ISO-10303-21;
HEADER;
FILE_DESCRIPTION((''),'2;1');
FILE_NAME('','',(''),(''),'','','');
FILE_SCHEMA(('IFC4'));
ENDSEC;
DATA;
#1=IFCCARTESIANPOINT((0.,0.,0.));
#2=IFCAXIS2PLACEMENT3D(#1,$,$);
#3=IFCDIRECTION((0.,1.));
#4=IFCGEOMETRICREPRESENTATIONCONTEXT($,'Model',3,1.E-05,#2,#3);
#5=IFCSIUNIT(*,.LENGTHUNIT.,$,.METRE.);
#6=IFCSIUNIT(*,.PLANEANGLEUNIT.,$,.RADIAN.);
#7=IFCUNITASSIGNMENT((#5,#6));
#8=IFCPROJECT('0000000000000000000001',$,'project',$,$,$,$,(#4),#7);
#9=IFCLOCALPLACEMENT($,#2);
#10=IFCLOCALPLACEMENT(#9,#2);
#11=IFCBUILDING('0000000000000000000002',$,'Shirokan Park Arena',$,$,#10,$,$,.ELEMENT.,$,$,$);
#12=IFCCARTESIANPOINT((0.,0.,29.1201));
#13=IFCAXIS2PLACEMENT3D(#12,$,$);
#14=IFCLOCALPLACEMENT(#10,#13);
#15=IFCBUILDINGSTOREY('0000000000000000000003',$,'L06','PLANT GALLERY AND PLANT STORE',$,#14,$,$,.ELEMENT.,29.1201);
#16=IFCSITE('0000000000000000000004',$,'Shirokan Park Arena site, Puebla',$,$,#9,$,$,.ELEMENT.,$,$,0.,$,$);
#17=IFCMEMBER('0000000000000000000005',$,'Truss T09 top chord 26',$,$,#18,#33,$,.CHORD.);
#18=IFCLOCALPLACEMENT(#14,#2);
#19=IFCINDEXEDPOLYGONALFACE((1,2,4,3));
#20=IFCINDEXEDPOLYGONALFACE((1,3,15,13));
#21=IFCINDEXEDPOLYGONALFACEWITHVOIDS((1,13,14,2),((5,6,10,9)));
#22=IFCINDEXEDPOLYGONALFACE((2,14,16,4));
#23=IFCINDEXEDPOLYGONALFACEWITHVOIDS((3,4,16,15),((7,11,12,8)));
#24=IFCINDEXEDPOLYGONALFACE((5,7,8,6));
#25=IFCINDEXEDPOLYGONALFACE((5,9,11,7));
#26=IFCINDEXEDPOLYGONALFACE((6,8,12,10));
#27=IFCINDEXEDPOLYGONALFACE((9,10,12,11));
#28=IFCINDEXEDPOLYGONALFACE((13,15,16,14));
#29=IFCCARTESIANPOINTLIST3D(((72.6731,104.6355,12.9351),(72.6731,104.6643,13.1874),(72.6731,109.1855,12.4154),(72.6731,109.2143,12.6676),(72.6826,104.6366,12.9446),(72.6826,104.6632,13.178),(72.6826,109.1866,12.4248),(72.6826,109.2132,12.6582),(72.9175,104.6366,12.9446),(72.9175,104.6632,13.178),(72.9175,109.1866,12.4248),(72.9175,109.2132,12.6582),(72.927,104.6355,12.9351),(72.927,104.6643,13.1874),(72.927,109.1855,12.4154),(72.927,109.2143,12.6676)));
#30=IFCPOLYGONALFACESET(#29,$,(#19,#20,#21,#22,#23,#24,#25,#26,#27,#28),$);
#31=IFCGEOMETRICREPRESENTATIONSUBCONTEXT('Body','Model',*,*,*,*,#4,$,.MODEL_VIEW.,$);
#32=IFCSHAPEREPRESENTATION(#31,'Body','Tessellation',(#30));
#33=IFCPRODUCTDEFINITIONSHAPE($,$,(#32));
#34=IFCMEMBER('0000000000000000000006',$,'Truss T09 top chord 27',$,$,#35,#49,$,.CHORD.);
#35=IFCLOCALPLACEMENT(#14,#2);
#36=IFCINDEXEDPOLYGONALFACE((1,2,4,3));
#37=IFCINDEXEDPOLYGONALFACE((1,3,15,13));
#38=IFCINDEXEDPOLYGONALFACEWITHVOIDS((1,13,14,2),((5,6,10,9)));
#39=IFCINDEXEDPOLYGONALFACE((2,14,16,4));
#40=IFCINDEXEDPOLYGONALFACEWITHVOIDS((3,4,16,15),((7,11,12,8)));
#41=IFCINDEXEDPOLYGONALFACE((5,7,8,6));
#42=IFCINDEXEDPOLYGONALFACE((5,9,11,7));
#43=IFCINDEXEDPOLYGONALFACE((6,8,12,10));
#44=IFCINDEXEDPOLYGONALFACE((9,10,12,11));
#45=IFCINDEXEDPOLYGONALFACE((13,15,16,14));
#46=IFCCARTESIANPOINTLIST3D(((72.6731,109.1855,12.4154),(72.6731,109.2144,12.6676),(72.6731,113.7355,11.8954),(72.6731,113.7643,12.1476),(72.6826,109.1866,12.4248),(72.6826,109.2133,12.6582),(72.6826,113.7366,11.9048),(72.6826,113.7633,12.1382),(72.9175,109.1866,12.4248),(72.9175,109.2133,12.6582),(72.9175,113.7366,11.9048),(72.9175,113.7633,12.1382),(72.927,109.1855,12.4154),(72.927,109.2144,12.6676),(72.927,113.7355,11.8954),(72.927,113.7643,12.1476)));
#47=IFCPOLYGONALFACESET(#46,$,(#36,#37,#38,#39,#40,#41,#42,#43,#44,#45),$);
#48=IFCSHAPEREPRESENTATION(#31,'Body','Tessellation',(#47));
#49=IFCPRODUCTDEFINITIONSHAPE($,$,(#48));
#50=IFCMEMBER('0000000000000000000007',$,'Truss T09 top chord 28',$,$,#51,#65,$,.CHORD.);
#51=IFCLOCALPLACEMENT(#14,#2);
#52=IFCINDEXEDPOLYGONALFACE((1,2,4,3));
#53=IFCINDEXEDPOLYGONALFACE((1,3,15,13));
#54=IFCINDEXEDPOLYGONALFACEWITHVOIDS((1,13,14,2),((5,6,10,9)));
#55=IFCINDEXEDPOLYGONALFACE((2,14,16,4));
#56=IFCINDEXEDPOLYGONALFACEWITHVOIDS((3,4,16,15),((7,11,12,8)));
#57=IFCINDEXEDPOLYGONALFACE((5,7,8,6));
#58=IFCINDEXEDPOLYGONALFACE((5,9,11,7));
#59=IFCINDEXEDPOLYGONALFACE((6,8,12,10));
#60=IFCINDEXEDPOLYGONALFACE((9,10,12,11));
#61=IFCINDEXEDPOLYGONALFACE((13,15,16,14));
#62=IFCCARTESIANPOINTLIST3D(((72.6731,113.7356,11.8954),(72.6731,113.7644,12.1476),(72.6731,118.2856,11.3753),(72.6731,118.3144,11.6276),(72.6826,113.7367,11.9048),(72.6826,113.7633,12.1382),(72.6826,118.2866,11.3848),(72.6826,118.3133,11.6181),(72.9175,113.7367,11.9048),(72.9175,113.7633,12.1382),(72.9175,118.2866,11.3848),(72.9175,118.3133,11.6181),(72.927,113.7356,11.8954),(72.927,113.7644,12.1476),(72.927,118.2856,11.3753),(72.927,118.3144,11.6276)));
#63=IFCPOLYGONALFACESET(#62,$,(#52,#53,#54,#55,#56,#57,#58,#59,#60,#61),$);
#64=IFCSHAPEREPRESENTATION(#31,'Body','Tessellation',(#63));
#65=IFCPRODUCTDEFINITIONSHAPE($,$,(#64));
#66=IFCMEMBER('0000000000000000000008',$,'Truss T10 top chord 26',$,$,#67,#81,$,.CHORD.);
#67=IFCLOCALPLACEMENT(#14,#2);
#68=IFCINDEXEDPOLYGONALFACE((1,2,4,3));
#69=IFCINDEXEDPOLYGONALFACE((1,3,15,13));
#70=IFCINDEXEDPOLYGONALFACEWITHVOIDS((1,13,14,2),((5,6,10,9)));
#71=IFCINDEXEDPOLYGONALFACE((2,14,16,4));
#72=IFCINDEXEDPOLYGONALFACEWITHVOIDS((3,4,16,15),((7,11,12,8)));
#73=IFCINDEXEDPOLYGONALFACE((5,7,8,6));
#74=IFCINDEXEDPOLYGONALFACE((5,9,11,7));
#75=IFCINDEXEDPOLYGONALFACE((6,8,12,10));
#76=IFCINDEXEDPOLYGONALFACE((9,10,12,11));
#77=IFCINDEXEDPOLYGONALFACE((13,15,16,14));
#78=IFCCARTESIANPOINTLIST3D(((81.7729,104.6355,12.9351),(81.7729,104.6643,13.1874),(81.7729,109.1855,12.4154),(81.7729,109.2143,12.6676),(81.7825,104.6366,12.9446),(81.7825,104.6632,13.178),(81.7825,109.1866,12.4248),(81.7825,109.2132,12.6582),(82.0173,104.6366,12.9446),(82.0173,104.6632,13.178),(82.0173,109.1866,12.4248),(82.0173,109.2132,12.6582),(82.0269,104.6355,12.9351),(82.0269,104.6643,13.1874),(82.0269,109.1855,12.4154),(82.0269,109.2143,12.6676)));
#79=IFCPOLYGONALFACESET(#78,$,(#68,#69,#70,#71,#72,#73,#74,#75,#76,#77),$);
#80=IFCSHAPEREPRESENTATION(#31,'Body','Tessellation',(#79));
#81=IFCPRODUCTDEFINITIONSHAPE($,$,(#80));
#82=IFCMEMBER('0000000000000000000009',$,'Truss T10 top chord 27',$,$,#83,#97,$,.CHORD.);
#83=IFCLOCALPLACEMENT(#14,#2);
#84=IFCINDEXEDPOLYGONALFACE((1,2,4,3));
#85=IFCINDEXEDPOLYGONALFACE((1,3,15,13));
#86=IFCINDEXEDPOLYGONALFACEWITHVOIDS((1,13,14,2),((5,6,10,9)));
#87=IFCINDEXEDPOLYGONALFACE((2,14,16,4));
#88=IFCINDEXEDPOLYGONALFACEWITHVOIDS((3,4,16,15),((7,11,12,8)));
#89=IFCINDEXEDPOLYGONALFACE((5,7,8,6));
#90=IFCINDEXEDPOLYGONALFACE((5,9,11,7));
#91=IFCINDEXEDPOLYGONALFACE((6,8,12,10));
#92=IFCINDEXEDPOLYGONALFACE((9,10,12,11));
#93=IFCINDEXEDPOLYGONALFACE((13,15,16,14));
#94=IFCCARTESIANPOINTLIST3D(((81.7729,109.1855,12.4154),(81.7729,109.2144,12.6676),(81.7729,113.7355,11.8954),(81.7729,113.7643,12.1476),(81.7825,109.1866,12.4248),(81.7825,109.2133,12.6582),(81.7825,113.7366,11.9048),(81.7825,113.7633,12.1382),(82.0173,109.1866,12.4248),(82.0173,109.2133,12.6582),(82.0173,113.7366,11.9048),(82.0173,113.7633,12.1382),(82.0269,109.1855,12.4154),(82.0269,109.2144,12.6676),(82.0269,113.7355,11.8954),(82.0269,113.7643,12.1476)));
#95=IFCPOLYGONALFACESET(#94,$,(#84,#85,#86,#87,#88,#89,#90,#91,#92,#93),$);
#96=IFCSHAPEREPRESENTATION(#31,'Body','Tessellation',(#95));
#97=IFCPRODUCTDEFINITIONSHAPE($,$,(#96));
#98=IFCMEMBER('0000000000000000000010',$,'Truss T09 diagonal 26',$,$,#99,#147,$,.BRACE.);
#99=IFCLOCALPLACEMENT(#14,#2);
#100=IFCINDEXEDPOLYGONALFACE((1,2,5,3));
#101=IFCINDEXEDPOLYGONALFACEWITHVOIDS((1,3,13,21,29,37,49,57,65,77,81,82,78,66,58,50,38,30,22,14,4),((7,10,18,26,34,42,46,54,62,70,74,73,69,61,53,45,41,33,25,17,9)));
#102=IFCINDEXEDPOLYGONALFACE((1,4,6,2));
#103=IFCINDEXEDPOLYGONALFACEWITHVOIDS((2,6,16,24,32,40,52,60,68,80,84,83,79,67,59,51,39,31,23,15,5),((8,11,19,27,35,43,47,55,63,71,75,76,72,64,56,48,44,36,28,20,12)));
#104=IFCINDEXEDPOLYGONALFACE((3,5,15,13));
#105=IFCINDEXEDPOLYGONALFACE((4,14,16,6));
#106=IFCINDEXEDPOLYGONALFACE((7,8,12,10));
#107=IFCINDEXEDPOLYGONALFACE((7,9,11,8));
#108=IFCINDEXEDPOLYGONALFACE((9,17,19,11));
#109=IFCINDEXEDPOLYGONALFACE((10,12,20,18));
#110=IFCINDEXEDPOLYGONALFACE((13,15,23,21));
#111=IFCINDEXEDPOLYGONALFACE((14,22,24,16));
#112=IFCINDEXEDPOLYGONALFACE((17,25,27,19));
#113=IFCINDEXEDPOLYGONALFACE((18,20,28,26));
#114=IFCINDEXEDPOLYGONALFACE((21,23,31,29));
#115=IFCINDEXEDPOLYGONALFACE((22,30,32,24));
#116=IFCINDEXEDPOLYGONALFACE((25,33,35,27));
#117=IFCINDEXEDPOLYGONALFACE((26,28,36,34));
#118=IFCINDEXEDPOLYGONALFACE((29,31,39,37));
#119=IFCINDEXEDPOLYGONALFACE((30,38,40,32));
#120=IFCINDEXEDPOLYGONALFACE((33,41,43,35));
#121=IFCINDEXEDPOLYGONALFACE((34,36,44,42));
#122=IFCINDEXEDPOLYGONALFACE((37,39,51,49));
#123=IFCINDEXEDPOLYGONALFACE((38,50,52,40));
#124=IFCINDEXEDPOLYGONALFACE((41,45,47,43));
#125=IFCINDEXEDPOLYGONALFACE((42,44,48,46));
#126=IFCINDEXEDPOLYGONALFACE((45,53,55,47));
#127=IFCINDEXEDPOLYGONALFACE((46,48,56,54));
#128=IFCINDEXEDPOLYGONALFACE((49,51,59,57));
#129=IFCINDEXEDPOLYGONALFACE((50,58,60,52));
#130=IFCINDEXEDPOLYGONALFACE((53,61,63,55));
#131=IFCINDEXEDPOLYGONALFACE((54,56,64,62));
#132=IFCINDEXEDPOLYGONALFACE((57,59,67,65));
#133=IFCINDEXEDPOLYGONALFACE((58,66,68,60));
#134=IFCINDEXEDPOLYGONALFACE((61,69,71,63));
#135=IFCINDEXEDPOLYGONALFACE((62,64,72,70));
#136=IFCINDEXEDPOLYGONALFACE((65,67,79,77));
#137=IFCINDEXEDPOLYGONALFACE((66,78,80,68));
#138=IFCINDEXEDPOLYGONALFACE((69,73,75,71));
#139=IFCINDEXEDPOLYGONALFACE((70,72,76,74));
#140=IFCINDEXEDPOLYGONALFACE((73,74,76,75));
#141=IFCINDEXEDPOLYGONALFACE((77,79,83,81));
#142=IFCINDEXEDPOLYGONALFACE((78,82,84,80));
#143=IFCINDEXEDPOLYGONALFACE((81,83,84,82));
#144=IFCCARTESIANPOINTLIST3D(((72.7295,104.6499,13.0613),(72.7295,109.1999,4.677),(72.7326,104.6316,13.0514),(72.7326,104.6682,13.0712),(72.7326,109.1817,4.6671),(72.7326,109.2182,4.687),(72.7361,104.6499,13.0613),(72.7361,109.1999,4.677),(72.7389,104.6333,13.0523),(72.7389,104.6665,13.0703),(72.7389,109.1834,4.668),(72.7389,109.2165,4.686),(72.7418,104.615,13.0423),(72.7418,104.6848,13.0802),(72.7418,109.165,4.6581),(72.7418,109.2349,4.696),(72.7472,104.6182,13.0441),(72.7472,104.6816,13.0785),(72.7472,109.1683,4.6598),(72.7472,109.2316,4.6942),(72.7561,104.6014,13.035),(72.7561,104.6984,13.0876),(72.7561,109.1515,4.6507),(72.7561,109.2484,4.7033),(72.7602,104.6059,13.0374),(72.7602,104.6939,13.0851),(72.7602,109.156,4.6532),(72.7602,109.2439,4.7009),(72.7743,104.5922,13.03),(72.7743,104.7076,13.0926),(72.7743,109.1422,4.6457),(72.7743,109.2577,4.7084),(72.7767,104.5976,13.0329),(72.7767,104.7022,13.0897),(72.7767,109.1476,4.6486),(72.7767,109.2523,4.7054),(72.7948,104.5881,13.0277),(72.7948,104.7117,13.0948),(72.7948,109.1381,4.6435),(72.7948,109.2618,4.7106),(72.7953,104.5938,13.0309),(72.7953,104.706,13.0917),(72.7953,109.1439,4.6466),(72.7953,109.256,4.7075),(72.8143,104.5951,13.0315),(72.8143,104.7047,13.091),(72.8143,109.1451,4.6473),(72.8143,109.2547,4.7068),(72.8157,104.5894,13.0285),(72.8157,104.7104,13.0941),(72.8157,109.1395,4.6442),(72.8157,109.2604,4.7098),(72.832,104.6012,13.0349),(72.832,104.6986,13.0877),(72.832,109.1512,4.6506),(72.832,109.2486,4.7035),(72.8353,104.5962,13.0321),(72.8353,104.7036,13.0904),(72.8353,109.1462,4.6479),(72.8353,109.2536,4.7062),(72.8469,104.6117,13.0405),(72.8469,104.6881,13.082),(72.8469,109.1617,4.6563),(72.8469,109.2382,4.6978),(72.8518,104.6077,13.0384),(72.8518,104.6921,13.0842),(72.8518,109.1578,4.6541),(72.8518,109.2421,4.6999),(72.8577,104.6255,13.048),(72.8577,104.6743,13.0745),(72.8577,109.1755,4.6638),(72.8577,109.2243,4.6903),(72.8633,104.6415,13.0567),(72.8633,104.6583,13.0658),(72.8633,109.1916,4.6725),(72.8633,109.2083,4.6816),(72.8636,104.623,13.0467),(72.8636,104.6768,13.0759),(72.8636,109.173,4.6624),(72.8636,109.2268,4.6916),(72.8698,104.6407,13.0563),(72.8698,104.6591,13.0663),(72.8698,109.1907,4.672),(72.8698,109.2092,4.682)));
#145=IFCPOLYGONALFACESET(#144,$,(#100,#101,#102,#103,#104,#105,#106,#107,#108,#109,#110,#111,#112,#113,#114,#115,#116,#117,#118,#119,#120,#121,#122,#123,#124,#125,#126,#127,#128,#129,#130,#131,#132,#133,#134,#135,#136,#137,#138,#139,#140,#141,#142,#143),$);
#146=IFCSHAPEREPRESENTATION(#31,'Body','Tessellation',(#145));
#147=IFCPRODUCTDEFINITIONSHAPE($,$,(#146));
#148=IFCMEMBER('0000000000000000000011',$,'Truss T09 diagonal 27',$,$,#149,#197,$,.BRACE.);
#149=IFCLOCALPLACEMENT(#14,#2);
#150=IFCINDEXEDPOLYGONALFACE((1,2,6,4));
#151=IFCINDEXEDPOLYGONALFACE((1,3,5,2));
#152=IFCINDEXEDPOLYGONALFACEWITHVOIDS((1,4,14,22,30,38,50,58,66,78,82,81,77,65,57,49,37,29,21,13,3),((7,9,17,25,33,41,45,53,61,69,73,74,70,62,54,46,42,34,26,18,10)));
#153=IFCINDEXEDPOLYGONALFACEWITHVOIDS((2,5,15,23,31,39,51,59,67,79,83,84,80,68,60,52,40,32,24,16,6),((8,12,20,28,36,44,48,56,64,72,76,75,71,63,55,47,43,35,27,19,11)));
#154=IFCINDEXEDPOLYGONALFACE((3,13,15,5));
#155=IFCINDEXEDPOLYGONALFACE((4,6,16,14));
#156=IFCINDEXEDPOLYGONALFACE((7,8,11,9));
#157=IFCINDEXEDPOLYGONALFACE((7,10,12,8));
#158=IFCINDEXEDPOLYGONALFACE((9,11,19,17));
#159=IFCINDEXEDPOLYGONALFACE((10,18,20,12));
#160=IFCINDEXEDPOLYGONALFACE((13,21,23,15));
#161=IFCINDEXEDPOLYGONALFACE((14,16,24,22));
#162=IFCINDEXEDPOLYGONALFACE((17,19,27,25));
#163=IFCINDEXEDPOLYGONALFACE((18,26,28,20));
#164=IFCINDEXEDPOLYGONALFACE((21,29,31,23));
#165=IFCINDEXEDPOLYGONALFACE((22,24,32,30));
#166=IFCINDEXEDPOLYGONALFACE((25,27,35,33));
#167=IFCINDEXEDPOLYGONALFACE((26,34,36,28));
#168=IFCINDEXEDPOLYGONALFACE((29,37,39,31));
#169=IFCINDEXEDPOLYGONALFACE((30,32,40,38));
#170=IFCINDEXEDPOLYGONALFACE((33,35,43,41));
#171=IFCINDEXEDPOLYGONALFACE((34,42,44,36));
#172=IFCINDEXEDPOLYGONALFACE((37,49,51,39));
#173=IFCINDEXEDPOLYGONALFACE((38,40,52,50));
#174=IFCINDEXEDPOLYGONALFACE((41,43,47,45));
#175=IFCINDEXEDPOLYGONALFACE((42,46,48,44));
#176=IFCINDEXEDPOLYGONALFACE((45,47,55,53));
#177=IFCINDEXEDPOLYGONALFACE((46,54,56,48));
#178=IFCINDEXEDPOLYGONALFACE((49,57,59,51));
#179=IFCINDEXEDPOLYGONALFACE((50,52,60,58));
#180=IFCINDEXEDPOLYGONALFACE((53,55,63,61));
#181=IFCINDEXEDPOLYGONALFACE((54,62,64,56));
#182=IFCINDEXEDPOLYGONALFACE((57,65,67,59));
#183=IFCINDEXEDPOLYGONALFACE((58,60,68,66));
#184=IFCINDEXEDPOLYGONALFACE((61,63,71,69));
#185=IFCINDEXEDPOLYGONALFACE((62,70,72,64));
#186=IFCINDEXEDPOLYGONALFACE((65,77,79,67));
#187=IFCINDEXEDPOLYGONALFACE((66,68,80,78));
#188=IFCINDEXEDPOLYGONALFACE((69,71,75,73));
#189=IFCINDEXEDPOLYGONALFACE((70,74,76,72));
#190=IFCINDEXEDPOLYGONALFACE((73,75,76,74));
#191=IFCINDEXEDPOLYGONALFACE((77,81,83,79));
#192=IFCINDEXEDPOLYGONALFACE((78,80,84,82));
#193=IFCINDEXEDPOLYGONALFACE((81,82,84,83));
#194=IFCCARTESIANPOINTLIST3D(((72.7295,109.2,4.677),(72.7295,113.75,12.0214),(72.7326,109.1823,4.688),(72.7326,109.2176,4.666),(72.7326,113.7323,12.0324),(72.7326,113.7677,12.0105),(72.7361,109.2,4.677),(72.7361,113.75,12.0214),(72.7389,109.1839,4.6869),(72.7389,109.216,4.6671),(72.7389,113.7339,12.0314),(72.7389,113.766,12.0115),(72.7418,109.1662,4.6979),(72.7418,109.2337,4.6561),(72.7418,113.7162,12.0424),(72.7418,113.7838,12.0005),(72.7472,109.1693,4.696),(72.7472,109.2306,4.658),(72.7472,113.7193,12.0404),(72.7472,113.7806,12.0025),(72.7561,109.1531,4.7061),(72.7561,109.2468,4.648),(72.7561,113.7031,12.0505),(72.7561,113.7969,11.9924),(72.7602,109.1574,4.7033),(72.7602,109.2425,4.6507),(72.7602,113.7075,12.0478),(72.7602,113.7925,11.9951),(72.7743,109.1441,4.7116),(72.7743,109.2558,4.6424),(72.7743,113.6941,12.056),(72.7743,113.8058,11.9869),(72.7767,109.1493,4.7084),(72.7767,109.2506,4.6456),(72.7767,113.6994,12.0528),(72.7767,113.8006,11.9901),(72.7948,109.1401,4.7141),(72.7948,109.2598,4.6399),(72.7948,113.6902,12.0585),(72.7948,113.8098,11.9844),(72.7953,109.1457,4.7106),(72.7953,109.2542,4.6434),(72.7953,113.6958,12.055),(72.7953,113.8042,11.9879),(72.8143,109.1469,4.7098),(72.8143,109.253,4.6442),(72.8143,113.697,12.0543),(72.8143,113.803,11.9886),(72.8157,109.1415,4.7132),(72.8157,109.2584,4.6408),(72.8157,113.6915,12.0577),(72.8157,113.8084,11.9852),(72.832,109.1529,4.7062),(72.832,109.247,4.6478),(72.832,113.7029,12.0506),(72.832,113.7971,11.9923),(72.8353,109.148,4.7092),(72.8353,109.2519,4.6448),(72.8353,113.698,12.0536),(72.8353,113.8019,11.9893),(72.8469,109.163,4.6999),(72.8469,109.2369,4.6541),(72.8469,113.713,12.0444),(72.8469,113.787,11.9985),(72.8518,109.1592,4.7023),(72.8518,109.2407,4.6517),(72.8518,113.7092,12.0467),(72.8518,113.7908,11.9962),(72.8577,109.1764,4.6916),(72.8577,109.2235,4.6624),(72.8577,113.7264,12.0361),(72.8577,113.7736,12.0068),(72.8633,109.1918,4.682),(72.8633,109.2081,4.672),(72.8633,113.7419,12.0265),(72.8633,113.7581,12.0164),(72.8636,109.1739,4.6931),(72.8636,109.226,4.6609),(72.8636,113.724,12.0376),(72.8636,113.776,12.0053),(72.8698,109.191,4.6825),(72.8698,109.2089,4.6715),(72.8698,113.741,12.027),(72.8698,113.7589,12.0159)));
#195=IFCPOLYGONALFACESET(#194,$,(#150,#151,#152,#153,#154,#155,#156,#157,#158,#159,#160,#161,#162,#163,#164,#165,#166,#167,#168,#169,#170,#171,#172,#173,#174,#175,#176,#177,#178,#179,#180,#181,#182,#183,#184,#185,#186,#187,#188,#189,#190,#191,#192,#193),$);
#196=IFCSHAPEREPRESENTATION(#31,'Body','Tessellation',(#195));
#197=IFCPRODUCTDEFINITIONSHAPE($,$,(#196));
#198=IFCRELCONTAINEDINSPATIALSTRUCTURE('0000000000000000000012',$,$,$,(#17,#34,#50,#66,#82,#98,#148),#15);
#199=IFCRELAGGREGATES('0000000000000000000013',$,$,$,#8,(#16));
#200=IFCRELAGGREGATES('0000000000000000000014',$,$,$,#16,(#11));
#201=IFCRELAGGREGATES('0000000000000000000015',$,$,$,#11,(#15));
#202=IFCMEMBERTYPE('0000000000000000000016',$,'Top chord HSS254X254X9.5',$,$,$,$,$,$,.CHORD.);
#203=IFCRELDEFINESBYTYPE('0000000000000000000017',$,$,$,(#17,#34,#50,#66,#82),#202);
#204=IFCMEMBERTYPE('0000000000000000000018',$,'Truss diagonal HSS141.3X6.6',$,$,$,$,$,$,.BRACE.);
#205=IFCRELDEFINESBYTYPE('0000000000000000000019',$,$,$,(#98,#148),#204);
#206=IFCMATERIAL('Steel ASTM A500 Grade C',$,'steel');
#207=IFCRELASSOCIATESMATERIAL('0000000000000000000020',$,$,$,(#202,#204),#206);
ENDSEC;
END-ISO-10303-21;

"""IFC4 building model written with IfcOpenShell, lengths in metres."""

from ifc_helpers import new_model, si_unit, direction, frame, origin, origin_2d, place, context, subcontext, project, spatial, hollow_rectangle, hollow_circle, extrude, material, material_profile, profile_set, type_object, element, save


model = new_model("IFC4")

# Units and contexts
model_context = context("Model", 3, precision=1e-05, world=origin(), true_north=direction((0.0, 1.0)))
body_context = subcontext(model_context, "Body", "Model", "MODEL_VIEW")
ifc_project = project(units=[si_unit("LENGTHUNIT", "METRE"), si_unit("PLANEANGLEUNIT", "RADIAN")], contexts=[model_context])

# Site, building, storey
site_placement = place(None, origin())
site = spatial("IfcSite", under=ifc_project, at=site_placement, Name="Shirokan Park Arena site, Puebla", CompositionType="ELEMENT", RefElevation=0.0)
building_placement = place(site_placement, origin())
building = spatial("IfcBuilding", under=site, at=building_placement, Name="Shirokan Park Arena", CompositionType="ELEMENT")
storey_placement = place(building_placement, frame((0.0, 0.0, 29.1201)))
storey = spatial("IfcBuildingStorey", under=building, at=storey_placement, Name="L06", Description="PLANT GALLERY AND PLANT STORE", CompositionType="ELEMENT", Elevation=29.1201)

# Shared definitions
ifc_material_1 = material(Name="Steel ASTM A500 Grade C", Category="steel")

# Members
ifc_material_profile_1 = material_profile(ifc_material_1, hollow_rectangle(XDim=0.2539, YDim=0.2539, WallThickness=0.0095, at=origin_2d()), Name="HSS254X254X9.5")
ifc_profile_set_1 = profile_set([ifc_material_profile_1], Name="Steel ASTM A500 Grade C")
member_type_1 = type_object("IfcMemberType", Name="Top chord HSS254X254X9.5", PredefinedType="CHORD", material=ifc_profile_set_1)
for number, where, z_axis, x_axis, name in (
    (1, (72.8, 104.6499, 13.0613), (0.0, 0.993538, -0.113497), (-1.0, 0.0, 0.0), "Truss T09 top chord 26"),
    (2, (72.8, 109.2, 12.5415), (0.0, 0.993532, -0.11355), (-1.0, 0.0, 0.0), "Truss T09 top chord 27"),
    (3, (72.8, 113.75, 12.0215), (0.0, 0.993532, -0.11355), (-1.0, 0.0, 0.0), "Truss T09 top chord 28"),
    (4, (81.8999, 104.6499, 13.0613), (0.0, 0.993538, -0.113497), (-1.0, 0.0, 0.0), "Truss T10 top chord 26"),
    (5, (81.8999, 109.2, 12.5415), (0.0, 0.993532, -0.11355), (-1.0, 0.0, 0.0), "Truss T10 top chord 27"),
):
    element("IfcMember", number, at=place(storey_placement, frame(where, z_axis=z_axis, x_axis=x_axis)), inside=storey, type_object=member_type_1, Name=name, PredefinedType="CHORD", context=body_context, shape_type="SweptSolid", body=[
        extrude(hollow_rectangle(XDim=0.2539, YDim=0.2539, WallThickness=0.0095, at=origin_2d()), origin(), (0.0, 0.0, 1.0), 4.5796),
    ])
ifc_material_profile_2 = material_profile(ifc_material_1, hollow_circle(Radius=0.0706, WallThickness=0.0066, at=origin_2d()), Name="HSS141.3X6.6")
ifc_profile_set_2 = profile_set([ifc_material_profile_2], Name="Steel ASTM A500 Grade C")
member_type_2 = type_object("IfcMemberType", Name="Truss diagonal HSS141.3X6.6", PredefinedType="BRACE", material=ifc_profile_set_2)
member_1_placement = place(storey_placement, frame((72.8, 104.6499, 13.0613), z_axis=(0.0, 0.476977, -0.878916), x_axis=(-1.0, 0.0, 0.0)))
element("IfcMember", 6, at=member_1_placement, inside=storey, type_object=member_type_2, Name="Truss T09 diagonal 26", PredefinedType="BRACE", context=body_context, shape_type="SweptSolid", body=[
    extrude(hollow_circle(Radius=0.0706, WallThickness=0.0066, at=origin_2d()), origin(), (0.0, 0.0, 1.0), 9.5393),
])
member_2_placement = place(storey_placement, frame((72.8, 109.2, 4.677), z_axis=(0.0, 0.526644, 0.850086), x_axis=(-1.0, 0.0, 0.0)))
element("IfcMember", 7, at=member_2_placement, inside=storey, type_object=member_type_2, Name="Truss T09 diagonal 27", PredefinedType="BRACE", context=body_context, shape_type="SweptSolid", body=[
    extrude(hollow_circle(Radius=0.0706, WallThickness=0.0066, at=origin_2d()), origin(), (0.0, 0.0, 1.0), 8.6396),
])

save(model, "model.ifc")
